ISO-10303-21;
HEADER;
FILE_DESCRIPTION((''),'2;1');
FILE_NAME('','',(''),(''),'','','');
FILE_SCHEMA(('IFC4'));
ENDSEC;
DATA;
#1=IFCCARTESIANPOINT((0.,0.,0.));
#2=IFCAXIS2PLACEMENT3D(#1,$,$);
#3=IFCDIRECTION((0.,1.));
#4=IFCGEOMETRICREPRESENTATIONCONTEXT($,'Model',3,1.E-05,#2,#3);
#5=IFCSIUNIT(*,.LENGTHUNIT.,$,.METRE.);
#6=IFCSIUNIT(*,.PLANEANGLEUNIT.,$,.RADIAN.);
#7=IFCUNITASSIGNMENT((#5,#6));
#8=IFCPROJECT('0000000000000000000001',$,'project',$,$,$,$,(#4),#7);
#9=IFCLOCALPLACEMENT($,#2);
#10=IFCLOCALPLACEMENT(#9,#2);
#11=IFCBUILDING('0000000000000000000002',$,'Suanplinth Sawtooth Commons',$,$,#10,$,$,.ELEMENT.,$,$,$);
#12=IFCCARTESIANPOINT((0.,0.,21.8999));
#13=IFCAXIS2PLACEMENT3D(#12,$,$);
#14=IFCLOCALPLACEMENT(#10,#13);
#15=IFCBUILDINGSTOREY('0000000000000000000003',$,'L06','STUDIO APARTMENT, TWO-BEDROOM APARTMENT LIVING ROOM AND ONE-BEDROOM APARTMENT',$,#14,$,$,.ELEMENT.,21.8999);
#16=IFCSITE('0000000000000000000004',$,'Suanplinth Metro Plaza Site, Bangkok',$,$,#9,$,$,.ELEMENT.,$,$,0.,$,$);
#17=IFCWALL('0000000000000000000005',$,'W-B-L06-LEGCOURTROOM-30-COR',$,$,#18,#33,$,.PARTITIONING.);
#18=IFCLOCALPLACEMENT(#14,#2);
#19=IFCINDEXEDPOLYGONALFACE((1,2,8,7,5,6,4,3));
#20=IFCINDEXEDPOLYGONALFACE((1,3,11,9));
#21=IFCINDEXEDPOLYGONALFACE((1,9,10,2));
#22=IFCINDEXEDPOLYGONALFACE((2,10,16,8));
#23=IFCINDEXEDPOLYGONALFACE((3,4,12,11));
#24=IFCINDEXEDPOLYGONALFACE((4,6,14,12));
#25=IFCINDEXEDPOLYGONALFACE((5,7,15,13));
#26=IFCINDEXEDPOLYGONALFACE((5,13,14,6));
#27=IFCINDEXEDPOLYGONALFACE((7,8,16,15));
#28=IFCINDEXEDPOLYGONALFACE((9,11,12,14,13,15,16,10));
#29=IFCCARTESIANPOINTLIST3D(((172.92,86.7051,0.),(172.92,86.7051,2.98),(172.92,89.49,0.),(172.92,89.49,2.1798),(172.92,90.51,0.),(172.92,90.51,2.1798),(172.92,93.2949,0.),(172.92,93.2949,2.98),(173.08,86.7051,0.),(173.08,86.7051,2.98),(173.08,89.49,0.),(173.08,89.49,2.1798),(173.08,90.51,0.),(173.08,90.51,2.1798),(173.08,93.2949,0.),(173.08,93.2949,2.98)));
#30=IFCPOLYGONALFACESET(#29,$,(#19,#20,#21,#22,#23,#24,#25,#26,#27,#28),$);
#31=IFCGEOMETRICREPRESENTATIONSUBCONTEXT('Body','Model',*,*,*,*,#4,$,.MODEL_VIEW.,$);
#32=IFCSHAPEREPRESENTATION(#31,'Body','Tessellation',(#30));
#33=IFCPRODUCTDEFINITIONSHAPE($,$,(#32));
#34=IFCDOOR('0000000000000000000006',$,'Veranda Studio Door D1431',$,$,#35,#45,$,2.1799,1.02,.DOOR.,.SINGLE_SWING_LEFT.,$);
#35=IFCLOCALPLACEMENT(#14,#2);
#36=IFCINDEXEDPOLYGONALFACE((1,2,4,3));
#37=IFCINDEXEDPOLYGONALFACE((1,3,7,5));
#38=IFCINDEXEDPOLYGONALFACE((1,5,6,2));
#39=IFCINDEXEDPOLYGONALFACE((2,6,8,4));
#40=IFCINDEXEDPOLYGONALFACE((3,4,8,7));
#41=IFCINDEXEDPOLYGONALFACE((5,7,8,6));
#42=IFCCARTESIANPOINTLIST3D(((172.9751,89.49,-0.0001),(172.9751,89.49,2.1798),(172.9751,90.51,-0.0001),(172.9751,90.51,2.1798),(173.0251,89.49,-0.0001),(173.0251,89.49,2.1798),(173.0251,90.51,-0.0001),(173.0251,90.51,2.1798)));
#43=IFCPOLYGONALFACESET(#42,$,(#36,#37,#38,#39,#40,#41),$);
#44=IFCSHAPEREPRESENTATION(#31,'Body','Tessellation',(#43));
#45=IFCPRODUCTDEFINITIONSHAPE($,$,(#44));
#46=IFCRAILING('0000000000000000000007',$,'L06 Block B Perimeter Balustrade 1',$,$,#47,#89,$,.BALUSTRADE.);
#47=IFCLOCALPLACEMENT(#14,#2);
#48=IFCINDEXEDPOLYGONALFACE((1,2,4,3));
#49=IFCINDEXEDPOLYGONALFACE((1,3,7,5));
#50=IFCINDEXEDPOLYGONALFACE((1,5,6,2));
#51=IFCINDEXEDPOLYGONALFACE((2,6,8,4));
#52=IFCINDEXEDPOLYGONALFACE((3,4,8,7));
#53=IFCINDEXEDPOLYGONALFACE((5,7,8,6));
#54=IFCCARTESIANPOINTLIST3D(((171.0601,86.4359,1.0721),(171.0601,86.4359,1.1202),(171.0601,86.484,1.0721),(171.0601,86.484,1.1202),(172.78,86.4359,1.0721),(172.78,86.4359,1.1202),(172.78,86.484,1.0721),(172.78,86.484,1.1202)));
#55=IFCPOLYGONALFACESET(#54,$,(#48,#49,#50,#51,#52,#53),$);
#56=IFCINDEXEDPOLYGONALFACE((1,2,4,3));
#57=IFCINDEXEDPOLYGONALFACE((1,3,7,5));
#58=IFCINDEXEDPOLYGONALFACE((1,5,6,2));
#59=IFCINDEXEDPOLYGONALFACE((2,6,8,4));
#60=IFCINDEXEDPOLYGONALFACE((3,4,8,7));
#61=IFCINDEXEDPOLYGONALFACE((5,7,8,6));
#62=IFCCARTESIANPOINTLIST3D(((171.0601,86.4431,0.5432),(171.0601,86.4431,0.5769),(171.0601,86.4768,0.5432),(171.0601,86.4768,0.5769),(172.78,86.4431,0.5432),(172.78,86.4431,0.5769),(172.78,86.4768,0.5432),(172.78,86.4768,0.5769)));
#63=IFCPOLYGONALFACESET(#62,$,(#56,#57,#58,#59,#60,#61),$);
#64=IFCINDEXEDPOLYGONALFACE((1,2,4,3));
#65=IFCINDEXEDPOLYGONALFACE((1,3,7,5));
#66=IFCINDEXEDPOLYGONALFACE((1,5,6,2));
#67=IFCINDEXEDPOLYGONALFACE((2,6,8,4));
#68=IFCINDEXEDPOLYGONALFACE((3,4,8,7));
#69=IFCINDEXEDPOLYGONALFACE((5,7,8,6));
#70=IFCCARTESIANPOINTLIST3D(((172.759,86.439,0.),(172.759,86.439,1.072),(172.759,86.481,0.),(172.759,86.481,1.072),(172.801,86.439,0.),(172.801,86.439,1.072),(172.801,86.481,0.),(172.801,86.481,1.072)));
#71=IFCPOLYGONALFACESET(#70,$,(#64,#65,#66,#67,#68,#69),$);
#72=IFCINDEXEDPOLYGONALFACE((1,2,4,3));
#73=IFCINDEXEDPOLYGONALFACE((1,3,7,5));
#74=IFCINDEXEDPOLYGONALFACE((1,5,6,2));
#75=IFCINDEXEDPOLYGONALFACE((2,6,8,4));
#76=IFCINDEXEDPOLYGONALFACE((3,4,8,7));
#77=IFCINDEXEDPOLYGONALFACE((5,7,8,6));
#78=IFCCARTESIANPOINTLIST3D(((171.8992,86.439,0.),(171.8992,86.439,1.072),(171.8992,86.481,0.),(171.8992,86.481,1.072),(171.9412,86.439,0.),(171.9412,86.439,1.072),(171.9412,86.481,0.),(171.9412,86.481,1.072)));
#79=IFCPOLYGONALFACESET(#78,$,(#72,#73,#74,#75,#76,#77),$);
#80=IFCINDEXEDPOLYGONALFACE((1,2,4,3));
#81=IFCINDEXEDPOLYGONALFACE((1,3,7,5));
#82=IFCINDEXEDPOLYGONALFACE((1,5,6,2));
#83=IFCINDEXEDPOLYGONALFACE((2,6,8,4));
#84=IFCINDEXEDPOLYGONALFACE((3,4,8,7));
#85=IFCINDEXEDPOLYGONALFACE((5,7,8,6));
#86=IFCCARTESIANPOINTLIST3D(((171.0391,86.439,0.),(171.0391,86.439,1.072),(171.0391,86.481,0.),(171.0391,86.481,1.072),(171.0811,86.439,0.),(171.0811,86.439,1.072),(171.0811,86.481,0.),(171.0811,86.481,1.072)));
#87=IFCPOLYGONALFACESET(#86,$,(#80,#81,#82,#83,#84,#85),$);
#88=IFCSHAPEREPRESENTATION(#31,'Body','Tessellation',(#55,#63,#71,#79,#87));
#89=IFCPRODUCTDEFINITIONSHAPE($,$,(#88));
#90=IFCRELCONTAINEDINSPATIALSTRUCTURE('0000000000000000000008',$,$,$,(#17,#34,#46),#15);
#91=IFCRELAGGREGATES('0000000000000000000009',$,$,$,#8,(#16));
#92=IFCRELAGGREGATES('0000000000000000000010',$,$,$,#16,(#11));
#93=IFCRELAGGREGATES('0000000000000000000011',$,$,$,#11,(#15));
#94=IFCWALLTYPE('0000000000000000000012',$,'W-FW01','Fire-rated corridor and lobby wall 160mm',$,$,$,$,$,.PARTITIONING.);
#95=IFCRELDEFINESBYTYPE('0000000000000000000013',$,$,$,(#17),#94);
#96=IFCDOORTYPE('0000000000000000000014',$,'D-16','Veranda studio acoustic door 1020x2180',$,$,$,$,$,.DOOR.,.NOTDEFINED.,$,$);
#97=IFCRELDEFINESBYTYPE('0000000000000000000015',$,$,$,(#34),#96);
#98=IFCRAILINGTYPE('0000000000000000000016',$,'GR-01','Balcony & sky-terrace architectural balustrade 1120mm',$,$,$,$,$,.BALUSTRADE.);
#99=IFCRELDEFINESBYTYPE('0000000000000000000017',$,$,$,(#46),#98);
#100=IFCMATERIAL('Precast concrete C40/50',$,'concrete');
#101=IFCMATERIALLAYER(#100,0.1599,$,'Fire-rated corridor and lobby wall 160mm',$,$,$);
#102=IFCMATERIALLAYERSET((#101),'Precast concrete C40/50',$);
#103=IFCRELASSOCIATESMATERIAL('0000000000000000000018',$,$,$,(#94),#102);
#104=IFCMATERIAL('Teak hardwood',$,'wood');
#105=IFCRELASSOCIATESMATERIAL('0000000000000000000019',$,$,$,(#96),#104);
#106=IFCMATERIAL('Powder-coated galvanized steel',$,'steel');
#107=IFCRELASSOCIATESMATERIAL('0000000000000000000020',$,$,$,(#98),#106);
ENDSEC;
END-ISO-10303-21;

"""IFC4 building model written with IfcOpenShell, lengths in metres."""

from ifc_helpers import new_model, si_unit, direction, frame, frame_2d, origin, origin_2d, place, context, subcontext, project, spatial, rectangle, extrude, material, layer, layer_set, type_object, element, fill, save


model = new_model("IFC4")

# Units and contexts
model_context = context("Model", 3, precision=1e-05, world=origin(), true_north=direction((0.0, 1.0)))
body_context = subcontext(model_context, "Body", "Model", "MODEL_VIEW")
ifc_project = project(units=[si_unit("LENGTHUNIT", "METRE"), si_unit("PLANEANGLEUNIT", "RADIAN")], contexts=[model_context])

# Site, building, storey
site_placement = place(None, origin())
site = spatial("IfcSite", under=ifc_project, at=site_placement, Name="Suanplinth Metro Plaza Site, Bangkok", CompositionType="ELEMENT", RefElevation=0.0)
building_placement = place(site_placement, origin())
building = spatial("IfcBuilding", under=site, at=building_placement, Name="Suanplinth Sawtooth Commons", CompositionType="ELEMENT")
storey_placement = place(building_placement, frame((0.0, 0.0, 21.8999)))
storey = spatial("IfcBuildingStorey", under=building, at=storey_placement, Name="L06", Description="STUDIO APARTMENT, TWO-BEDROOM APARTMENT LIVING ROOM AND ONE-BEDROOM APARTMENT", CompositionType="ELEMENT", Elevation=21.8999)

# Shared definitions
ifc_material_1 = material(Name="Precast concrete C40/50", Category="concrete")

# Wall, opening, door
ifc_layer_1 = layer(ifc_material_1, 0.1599, Name="Fire-rated corridor and lobby wall 160mm")
ifc_layer_set_1 = layer_set([ifc_layer_1], Name="Precast concrete C40/50")
wall_type_1 = type_object("IfcWallType", Name="W-FW01", Description="Fire-rated corridor and lobby wall 160mm", PredefinedType="PARTITIONING", material=ifc_layer_set_1)
wall_1_placement = place(storey_placement, frame((173.0, 86.7051, 0.0), z_axis=(0.0, 0.0, 1.0), x_axis=(0.0, 1.0, 0.0)))
wall_1 = element("IfcWall", 1, at=wall_1_placement, inside=storey, type_object=wall_type_1, Name="W-B-L06-LEGCOURTROOM-30-COR", PredefinedType="PARTITIONING", context=body_context, shape_type="SweptSolid", body=[
    extrude(rectangle(XDim=6.5898, YDim=0.1599, at=frame_2d((3.2949, 0.0))), origin(), (0.0, 0.0, 1.0), 2.98),
])
opening_1_placement = place(wall_1_placement, frame((2.7849, 0.0, 0.0)))
opening_1 = element("IfcOpeningElement", 2, at=opening_1_placement, cuts=wall_1, PredefinedType="OPENING", context=body_context, shape_type="SweptSolid", body=[
    extrude(rectangle(XDim=1.02, YDim=2.1799, at=frame_2d((0.51, 1.0898))), frame((0.0, 0.0947, 0.0), z_axis=(0.0, -1.0, 0.0), x_axis=(1.0, 0.0, 0.0)), (0.0, 0.0, 1.0), 0.1897),
])
ifc_material_2 = material(Name="Teak hardwood", Category="wood")
door_type_1 = type_object("IfcDoorType", Name="D-16", Description="Veranda studio acoustic door 1020x2180", OperationType="NOTDEFINED", PredefinedType="DOOR", material=ifc_material_2)
door_1_placement = place(opening_1_placement, origin())
door_1 = element("IfcDoor", 3, at=door_1_placement, inside=storey, type_object=door_type_1, Name="Veranda Studio Door D1431", OperationType="SINGLE_SWING_LEFT", OverallHeight=2.1799, OverallWidth=1.02, PredefinedType="DOOR", context=body_context, shape_type="SweptSolid", body=[
    extrude(rectangle(XDim=1.02, YDim=2.1799, at=frame_2d((0.51, 1.0898))), frame((0.0, 0.0249, 0.0), z_axis=(0.0, -1.0, 0.0), x_axis=(1.0, 0.0, 0.0)), (0.0, 0.0, 1.0), 0.05),
])
fill(opening_1, door_1)

# Railing
ifc_material_3 = material(Name="Powder-coated galvanized steel", Category="steel")
railing_type = type_object("IfcRailingType", Name="GR-01", Description="Balcony & sky-terrace architectural balustrade 1120mm", PredefinedType="BALUSTRADE", material=ifc_material_3)
railing_1_placement = place(storey_placement, frame((172.78, 86.46, 0.0)))
element("IfcRailing", 4, at=railing_1_placement, inside=storey, type_object=railing_type, Name="L06 Block B Perimeter Balustrade 1", PredefinedType="BALUSTRADE", context=body_context, shape_type="SweptSolid", body=[
    extrude(rectangle(XDim=0.0481, YDim=0.0481, at=origin_2d()), frame((0.0, 0.0, 1.0962), z_axis=(-1.0, 0.0, 0.0), x_axis=(0.0, -1.0, 0.0)), (0.0, 0.0, 1.0), 1.72),
    extrude(rectangle(XDim=0.0337, YDim=0.0337, at=origin_2d()), frame((0.0, 0.0, 0.5601), z_axis=(-1.0, 0.0, 0.0), x_axis=(0.0, -1.0, 0.0)), (0.0, 0.0, 1.0), 1.72),
    extrude(rectangle(XDim=0.042, YDim=0.042, at=origin_2d()), origin(), (0.0, 0.0, 1.0), 1.072),
    extrude(rectangle(XDim=0.042, YDim=0.042, at=origin_2d()), frame((-0.8599, 0.0, 0.0)), (0.0, 0.0, 1.0), 1.072),
    extrude(rectangle(XDim=0.042, YDim=0.042, at=origin_2d()), frame((-1.72, 0.0, 0.0)), (0.0, 0.0, 1.0), 1.072),
])

save(model, "model.ifc")
